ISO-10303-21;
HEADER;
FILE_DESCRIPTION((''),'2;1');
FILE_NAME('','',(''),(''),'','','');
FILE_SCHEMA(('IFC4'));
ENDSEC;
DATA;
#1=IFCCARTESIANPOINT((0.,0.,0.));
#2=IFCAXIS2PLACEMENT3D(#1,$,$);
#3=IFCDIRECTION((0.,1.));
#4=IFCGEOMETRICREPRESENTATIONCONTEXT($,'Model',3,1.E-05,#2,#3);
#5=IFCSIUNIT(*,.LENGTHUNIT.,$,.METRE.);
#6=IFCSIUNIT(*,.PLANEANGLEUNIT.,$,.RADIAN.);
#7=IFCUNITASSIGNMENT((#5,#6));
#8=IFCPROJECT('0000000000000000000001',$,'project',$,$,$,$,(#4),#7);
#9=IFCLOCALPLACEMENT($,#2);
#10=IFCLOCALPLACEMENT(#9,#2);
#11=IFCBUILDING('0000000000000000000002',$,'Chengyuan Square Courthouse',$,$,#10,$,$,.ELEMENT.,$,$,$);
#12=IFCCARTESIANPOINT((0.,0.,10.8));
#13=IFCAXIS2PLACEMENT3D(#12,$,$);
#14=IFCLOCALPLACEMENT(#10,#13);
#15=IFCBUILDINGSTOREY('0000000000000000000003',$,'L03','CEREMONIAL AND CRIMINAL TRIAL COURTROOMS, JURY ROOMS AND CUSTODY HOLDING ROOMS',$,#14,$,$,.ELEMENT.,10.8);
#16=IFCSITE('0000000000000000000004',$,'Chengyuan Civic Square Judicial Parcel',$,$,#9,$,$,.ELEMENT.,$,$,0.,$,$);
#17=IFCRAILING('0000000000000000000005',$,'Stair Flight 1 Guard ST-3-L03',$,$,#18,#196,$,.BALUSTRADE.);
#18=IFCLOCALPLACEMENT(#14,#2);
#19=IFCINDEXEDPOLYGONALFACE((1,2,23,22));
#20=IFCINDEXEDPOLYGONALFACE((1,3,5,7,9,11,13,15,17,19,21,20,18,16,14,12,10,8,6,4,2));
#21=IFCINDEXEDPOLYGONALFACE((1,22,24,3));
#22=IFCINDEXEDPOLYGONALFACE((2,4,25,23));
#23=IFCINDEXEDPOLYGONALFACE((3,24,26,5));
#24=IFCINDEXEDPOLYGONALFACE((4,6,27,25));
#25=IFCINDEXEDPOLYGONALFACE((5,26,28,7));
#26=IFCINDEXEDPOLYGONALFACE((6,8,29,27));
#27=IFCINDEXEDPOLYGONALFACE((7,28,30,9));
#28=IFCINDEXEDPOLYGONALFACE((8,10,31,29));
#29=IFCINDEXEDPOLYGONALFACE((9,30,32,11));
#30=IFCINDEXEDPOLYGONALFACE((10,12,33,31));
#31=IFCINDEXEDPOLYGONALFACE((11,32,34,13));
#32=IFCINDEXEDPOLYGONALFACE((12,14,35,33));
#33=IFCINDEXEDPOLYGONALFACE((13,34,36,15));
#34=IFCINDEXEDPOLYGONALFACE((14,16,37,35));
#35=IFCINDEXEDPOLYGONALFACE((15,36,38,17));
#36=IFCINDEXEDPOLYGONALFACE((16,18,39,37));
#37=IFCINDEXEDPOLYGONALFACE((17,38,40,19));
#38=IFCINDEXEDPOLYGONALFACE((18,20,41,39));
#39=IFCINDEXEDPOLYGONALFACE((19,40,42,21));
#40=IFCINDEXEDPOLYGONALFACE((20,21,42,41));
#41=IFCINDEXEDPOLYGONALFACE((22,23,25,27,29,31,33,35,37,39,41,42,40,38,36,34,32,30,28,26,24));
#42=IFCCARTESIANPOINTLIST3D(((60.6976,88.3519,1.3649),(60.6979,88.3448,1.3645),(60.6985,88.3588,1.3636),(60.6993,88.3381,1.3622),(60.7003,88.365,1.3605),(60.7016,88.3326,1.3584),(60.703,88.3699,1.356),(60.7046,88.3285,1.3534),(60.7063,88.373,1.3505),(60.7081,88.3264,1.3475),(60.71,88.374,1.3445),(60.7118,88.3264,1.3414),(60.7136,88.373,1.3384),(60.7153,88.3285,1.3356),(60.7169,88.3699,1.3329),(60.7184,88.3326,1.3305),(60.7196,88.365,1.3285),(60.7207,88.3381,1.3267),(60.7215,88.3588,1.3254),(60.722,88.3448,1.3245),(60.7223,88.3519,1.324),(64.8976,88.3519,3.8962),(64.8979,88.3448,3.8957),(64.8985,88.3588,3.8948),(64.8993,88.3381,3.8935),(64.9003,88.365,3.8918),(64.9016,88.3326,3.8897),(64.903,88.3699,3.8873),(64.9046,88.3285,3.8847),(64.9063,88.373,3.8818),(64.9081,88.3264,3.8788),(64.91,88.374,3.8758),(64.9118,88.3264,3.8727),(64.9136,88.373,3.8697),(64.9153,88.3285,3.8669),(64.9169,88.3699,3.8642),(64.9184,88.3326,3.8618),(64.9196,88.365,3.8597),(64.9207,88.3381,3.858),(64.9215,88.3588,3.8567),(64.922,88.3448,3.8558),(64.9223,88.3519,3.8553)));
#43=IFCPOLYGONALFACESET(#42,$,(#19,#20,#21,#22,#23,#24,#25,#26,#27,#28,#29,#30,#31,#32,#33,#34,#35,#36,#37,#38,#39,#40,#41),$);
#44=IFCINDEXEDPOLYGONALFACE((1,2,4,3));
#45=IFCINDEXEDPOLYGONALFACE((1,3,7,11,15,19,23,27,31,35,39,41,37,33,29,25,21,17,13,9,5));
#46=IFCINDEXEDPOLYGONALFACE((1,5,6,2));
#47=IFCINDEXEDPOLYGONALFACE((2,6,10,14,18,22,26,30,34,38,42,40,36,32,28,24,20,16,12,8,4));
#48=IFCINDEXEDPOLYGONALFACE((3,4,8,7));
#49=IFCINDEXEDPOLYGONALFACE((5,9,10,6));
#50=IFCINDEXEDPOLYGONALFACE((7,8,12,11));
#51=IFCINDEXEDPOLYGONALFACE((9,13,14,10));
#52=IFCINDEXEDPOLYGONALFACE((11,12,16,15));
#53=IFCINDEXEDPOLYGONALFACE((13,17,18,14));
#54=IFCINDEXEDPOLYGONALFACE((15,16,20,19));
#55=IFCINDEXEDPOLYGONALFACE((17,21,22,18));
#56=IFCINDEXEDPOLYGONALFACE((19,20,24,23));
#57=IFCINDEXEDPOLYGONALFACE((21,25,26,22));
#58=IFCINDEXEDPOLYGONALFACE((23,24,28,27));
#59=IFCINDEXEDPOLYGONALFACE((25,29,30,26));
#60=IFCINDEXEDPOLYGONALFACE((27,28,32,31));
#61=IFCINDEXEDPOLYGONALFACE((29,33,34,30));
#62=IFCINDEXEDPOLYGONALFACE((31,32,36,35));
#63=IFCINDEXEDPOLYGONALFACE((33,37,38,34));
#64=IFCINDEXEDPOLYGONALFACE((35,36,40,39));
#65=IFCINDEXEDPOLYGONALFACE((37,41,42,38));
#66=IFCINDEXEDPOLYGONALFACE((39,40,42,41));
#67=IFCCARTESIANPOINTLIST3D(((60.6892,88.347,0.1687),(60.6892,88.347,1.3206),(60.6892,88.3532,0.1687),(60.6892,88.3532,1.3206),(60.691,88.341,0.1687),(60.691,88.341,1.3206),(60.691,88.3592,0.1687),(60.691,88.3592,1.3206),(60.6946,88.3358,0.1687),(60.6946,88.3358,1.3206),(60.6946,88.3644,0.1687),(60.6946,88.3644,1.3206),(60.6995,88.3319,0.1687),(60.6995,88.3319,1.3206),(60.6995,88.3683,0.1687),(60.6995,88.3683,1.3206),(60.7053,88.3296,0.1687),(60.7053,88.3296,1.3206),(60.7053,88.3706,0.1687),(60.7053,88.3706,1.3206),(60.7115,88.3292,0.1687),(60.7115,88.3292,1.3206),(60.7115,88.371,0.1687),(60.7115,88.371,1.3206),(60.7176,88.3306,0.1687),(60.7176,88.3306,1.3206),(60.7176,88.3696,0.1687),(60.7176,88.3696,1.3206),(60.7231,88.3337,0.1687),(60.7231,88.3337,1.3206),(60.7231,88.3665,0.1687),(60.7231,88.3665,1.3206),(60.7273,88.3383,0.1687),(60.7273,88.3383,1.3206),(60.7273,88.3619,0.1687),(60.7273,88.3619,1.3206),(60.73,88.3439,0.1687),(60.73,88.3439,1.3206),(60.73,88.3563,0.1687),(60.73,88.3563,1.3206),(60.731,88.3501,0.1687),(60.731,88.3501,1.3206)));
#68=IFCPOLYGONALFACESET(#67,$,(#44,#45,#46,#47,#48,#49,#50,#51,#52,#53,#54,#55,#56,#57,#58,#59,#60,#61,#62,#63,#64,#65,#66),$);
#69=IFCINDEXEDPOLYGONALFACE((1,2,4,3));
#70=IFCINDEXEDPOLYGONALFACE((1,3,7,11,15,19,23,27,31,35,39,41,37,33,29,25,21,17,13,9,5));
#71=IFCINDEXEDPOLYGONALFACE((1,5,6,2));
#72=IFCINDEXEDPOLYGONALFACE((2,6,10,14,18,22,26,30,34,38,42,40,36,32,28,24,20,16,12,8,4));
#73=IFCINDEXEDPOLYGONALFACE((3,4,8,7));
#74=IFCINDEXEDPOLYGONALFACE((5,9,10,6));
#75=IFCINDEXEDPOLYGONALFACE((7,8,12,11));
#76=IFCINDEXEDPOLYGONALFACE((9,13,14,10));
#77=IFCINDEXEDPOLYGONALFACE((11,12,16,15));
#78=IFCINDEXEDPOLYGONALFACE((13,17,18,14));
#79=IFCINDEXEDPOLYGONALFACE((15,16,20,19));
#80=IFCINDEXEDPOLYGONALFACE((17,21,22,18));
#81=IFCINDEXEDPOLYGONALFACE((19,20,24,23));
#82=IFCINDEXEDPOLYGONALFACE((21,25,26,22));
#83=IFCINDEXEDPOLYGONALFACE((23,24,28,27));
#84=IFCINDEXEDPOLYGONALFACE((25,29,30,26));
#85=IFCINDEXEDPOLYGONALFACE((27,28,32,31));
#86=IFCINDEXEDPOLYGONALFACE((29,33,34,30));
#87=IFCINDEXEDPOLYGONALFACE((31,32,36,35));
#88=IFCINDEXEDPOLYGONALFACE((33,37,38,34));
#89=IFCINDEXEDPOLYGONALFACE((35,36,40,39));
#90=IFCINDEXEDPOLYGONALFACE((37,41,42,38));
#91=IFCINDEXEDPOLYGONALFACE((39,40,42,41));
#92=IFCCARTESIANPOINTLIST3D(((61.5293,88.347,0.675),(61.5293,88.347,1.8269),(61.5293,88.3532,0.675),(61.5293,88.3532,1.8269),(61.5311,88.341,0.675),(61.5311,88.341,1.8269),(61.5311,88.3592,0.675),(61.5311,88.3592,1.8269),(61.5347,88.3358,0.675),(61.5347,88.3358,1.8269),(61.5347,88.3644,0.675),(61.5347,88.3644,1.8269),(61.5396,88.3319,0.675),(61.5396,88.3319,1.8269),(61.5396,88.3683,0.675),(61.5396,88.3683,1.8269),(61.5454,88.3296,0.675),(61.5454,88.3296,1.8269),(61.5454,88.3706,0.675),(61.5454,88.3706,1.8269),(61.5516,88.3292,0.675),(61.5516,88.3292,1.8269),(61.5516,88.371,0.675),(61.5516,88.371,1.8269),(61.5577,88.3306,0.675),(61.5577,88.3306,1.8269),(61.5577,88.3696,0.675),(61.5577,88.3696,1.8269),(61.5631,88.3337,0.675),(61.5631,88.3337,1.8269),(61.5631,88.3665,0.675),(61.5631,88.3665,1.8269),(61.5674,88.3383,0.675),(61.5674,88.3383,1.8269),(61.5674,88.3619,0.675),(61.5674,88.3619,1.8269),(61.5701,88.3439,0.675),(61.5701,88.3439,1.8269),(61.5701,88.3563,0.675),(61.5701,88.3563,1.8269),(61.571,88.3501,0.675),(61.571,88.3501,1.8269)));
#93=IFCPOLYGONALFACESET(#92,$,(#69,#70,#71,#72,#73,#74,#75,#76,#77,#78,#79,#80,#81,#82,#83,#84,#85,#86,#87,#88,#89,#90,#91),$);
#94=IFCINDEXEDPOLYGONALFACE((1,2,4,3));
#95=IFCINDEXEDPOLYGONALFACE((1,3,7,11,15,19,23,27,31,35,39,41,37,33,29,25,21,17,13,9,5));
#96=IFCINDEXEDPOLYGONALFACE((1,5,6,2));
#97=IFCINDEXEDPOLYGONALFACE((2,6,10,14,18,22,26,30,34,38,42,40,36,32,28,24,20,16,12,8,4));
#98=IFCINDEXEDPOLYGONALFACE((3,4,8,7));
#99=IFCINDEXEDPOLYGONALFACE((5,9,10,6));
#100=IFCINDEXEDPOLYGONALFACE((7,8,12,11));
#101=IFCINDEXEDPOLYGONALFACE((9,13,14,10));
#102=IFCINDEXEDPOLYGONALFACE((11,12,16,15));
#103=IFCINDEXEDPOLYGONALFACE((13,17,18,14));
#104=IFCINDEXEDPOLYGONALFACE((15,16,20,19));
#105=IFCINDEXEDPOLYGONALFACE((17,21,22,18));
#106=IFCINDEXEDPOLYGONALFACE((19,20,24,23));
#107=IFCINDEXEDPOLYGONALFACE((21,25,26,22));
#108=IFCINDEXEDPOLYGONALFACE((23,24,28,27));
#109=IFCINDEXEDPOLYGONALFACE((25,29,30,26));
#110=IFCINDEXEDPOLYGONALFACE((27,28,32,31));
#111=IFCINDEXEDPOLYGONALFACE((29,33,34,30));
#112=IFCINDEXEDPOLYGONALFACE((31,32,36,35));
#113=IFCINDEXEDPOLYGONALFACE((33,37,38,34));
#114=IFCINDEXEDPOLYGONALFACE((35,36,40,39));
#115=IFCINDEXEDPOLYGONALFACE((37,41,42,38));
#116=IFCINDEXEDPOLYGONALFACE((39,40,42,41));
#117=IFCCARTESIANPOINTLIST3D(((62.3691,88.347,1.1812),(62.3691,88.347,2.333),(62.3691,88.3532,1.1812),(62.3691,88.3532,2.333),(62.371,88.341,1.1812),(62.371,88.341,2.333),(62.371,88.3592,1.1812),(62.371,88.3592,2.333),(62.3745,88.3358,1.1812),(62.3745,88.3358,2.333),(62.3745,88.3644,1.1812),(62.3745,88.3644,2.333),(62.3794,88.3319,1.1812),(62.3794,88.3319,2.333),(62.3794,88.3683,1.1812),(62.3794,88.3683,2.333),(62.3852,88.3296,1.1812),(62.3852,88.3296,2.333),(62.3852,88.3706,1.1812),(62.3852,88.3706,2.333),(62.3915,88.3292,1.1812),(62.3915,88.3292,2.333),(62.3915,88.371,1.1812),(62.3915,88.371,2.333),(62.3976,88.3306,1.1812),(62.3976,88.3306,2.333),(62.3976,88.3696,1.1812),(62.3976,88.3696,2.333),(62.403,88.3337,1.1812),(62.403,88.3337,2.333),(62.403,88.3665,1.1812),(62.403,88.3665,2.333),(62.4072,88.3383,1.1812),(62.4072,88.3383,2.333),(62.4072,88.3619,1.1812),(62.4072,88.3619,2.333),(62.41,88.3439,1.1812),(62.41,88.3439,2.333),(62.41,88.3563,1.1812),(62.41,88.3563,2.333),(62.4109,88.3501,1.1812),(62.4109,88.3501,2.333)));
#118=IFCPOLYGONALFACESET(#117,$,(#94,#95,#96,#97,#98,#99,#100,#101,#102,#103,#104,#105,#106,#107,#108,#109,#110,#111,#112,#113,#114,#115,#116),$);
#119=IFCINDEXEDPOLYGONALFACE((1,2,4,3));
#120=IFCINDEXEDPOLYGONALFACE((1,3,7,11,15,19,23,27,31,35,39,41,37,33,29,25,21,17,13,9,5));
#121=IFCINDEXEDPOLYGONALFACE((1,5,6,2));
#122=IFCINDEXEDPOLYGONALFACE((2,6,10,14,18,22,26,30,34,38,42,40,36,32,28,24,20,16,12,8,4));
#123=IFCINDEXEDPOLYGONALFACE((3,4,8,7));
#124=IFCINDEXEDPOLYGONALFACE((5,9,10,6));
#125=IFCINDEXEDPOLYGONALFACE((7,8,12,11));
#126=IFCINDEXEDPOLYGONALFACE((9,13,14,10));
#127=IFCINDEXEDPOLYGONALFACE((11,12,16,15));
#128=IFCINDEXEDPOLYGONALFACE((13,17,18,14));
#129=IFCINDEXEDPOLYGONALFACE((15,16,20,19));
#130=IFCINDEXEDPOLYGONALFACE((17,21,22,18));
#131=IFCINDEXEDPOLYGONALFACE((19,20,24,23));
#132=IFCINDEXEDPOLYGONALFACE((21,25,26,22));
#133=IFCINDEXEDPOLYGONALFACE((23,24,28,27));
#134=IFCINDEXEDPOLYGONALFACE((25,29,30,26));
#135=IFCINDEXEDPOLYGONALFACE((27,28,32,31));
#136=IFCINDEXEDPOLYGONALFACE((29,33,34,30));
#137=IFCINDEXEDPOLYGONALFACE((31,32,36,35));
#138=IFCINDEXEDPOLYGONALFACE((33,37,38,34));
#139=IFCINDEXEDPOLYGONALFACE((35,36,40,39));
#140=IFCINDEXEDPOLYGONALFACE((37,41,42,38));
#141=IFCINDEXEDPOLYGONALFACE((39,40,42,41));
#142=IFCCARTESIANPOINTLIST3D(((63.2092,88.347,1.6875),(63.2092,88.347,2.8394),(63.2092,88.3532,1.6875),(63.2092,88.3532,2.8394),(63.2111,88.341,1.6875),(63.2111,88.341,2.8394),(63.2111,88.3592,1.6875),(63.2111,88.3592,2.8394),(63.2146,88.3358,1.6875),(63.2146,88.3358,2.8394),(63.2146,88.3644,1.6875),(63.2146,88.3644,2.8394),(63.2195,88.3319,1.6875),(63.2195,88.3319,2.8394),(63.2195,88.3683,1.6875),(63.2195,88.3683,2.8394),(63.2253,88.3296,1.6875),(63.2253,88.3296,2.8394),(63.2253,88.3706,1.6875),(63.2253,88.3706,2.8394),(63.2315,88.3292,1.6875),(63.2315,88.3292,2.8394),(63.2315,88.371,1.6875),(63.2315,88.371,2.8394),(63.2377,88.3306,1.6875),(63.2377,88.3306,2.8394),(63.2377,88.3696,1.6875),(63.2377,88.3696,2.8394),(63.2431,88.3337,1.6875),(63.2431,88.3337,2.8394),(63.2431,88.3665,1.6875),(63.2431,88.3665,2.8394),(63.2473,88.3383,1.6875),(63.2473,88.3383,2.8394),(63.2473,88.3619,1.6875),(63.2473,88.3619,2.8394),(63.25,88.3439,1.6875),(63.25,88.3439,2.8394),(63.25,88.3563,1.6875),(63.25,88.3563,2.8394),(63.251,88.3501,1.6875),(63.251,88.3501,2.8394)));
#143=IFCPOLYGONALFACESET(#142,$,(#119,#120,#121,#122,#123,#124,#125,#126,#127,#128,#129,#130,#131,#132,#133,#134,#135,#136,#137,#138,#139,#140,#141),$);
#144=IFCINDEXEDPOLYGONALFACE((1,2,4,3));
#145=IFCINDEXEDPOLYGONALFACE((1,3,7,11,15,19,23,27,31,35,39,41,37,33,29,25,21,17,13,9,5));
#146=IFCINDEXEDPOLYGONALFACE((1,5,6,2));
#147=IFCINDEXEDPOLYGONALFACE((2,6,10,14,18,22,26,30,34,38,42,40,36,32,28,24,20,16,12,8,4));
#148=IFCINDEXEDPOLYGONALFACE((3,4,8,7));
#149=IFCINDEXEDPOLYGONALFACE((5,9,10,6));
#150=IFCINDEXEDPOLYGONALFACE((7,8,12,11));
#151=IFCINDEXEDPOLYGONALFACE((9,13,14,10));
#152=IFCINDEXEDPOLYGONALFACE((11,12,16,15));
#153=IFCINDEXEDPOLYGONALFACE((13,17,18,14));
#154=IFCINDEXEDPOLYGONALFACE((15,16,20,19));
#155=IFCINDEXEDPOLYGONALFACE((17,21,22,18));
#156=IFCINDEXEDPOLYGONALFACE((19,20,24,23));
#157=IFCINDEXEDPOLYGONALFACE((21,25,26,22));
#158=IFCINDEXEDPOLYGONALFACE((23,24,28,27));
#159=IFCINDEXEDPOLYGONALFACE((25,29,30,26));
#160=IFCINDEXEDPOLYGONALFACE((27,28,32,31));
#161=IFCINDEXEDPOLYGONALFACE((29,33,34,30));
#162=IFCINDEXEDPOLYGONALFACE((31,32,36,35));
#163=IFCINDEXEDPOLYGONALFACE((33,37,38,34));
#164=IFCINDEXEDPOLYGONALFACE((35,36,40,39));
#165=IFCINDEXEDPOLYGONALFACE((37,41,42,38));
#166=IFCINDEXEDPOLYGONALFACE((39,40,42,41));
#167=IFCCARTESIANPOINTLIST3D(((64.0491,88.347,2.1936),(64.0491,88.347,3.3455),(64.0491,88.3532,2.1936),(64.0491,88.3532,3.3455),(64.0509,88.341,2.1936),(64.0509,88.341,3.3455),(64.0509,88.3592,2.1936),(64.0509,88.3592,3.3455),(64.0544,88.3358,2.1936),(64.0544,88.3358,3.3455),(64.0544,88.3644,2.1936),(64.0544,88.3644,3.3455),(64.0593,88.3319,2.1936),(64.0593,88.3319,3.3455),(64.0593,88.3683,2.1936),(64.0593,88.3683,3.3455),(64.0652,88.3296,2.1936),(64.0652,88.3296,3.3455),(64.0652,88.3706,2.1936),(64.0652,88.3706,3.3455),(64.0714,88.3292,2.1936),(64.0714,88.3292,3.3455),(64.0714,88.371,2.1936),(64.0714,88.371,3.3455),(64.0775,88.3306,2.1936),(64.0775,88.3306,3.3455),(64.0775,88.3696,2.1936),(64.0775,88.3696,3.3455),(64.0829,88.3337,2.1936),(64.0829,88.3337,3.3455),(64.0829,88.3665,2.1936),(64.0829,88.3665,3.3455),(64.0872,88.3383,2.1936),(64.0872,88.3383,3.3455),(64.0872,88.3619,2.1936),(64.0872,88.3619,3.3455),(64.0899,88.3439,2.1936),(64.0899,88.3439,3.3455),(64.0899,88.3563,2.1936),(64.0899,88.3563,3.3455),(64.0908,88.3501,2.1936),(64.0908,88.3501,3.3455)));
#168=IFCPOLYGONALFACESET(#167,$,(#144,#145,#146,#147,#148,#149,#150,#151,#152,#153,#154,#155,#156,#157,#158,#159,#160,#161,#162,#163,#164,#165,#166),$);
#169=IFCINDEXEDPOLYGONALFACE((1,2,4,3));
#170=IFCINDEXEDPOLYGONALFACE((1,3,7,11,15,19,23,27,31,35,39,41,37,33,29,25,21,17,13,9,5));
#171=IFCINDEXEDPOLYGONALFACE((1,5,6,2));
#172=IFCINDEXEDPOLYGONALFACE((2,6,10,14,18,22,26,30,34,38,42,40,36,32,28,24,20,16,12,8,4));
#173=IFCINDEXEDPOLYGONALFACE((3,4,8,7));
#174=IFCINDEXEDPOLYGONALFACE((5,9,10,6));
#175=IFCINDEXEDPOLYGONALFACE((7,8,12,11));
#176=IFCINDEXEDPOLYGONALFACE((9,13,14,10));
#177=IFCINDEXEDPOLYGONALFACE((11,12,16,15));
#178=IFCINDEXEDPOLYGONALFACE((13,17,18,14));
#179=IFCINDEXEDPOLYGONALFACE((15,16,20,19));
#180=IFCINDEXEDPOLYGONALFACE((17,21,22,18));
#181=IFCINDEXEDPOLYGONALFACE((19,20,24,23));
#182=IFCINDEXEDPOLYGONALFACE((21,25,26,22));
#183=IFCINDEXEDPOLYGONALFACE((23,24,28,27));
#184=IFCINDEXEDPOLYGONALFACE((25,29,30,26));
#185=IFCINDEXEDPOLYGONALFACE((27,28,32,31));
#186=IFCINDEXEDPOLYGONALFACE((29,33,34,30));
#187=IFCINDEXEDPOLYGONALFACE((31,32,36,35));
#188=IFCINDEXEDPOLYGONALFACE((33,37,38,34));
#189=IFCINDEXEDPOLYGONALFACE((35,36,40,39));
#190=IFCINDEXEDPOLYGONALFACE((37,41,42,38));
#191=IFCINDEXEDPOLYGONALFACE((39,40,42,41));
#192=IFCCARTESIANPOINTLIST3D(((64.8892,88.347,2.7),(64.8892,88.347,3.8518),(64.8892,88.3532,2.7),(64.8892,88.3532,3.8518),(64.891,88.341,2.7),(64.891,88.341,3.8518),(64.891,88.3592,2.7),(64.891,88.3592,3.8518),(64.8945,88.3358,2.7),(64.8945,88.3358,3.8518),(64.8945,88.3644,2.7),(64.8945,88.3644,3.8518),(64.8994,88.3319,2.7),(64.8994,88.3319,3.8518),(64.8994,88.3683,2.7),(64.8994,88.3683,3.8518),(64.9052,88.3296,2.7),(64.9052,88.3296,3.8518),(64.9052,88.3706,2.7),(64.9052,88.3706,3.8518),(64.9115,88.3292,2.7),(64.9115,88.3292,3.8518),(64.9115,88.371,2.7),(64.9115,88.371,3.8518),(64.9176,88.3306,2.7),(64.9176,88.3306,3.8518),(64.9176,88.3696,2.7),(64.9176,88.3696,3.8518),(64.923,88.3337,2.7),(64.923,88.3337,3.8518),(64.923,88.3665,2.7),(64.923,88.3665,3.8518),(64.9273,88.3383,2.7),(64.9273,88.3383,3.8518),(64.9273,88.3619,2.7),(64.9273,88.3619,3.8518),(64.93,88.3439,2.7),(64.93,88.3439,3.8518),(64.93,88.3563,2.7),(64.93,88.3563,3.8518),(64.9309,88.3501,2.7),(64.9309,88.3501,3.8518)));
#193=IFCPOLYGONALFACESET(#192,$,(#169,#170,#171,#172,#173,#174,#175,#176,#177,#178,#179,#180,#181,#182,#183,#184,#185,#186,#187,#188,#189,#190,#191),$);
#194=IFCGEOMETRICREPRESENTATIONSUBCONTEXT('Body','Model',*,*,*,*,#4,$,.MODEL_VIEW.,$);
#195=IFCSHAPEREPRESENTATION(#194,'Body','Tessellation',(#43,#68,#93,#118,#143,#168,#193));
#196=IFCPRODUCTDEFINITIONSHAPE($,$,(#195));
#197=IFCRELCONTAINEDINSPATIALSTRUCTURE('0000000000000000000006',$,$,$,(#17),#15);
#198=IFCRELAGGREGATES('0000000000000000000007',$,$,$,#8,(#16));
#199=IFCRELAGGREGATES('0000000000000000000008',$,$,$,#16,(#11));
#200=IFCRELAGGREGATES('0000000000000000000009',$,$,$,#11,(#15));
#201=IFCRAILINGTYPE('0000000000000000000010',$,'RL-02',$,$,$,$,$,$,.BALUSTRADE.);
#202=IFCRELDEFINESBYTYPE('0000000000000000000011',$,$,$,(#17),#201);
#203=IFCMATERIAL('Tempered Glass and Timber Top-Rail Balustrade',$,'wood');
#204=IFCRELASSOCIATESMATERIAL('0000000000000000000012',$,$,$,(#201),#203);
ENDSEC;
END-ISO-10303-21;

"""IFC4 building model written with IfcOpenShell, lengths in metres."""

from ifc_helpers import new_model, si_unit, direction, frame, origin, origin_2d, place, context, subcontext, project, spatial, circle, extrude, material, type_object, element, save


model = new_model("IFC4")

# Units and contexts
model_context = context("Model", 3, precision=1e-05, world=origin(), true_north=direction((0.0, 1.0)))
body_context = subcontext(model_context, "Body", "Model", "MODEL_VIEW")
ifc_project = project(units=[si_unit("LENGTHUNIT", "METRE"), si_unit("PLANEANGLEUNIT", "RADIAN")], contexts=[model_context])

# Site, building, storey
site_placement = place(None, origin())
site = spatial("IfcSite", under=ifc_project, at=site_placement, Name="Chengyuan Civic Square Judicial Parcel", CompositionType="ELEMENT", RefElevation=0.0)
building_placement = place(site_placement, origin())
building = spatial("IfcBuilding", under=site, at=building_placement, Name="Chengyuan Square Courthouse", CompositionType="ELEMENT")
storey_placement = place(building_placement, frame((0.0, 0.0, 10.8)))
storey = spatial("IfcBuildingStorey", under=building, at=storey_placement, Name="L03", Description="CEREMONIAL AND CRIMINAL TRIAL COURTROOMS, JURY ROOMS AND CUSTODY HOLDING ROOMS", CompositionType="ELEMENT", Elevation=10.8)

# Railing
ifc_material_1 = material(Name="Tempered Glass and Timber Top-Rail Balustrade", Category="wood")
railing_type = type_object("IfcRailingType", Name="RL-02", PredefinedType="BALUSTRADE", material=ifc_material_1)
railing_1_placement = place(storey_placement, frame((60.71, 88.3501, 0.1687)))
element("IfcRailing", 1, at=railing_1_placement, inside=storey, type_object=railing_type, Name="Stair Flight 1 Guard ST-3-L03", PredefinedType="BALUSTRADE", context=body_context, shape_type="SweptSolid", body=[
    extrude(circle(Radius=0.0239, at=origin_2d()), frame((0.0, 0.0, 1.1758), z_axis=(0.856476, 0.0, 0.516186), x_axis=(0.0, 1.0, 0.0)), (0.0, 0.0, 1.0), 4.9038),
    extrude(circle(Radius=0.021, at=origin_2d()), origin(), (0.0, 0.0, 1.0), 1.1519),
    extrude(circle(Radius=0.021, at=origin_2d()), frame((0.8401, 0.0, 0.5063)), (0.0, 0.0, 1.0), 1.1519),
    extrude(circle(Radius=0.021, at=origin_2d()), frame((1.6799, 0.0, 1.0125)), (0.0, 0.0, 1.0), 1.1519),
    extrude(circle(Radius=0.021, at=origin_2d()), frame((2.52, 0.0, 1.5188)), (0.0, 0.0, 1.0), 1.1519),
    extrude(circle(Radius=0.021, at=origin_2d()), frame((3.3599, 0.0, 2.0249)), (0.0, 0.0, 1.0), 1.1519),
    extrude(circle(Radius=0.021, at=origin_2d()), frame((4.2, 0.0, 2.5312)), (0.0, 0.0, 1.0), 1.1519),
])

save(model, "model.ifc")
